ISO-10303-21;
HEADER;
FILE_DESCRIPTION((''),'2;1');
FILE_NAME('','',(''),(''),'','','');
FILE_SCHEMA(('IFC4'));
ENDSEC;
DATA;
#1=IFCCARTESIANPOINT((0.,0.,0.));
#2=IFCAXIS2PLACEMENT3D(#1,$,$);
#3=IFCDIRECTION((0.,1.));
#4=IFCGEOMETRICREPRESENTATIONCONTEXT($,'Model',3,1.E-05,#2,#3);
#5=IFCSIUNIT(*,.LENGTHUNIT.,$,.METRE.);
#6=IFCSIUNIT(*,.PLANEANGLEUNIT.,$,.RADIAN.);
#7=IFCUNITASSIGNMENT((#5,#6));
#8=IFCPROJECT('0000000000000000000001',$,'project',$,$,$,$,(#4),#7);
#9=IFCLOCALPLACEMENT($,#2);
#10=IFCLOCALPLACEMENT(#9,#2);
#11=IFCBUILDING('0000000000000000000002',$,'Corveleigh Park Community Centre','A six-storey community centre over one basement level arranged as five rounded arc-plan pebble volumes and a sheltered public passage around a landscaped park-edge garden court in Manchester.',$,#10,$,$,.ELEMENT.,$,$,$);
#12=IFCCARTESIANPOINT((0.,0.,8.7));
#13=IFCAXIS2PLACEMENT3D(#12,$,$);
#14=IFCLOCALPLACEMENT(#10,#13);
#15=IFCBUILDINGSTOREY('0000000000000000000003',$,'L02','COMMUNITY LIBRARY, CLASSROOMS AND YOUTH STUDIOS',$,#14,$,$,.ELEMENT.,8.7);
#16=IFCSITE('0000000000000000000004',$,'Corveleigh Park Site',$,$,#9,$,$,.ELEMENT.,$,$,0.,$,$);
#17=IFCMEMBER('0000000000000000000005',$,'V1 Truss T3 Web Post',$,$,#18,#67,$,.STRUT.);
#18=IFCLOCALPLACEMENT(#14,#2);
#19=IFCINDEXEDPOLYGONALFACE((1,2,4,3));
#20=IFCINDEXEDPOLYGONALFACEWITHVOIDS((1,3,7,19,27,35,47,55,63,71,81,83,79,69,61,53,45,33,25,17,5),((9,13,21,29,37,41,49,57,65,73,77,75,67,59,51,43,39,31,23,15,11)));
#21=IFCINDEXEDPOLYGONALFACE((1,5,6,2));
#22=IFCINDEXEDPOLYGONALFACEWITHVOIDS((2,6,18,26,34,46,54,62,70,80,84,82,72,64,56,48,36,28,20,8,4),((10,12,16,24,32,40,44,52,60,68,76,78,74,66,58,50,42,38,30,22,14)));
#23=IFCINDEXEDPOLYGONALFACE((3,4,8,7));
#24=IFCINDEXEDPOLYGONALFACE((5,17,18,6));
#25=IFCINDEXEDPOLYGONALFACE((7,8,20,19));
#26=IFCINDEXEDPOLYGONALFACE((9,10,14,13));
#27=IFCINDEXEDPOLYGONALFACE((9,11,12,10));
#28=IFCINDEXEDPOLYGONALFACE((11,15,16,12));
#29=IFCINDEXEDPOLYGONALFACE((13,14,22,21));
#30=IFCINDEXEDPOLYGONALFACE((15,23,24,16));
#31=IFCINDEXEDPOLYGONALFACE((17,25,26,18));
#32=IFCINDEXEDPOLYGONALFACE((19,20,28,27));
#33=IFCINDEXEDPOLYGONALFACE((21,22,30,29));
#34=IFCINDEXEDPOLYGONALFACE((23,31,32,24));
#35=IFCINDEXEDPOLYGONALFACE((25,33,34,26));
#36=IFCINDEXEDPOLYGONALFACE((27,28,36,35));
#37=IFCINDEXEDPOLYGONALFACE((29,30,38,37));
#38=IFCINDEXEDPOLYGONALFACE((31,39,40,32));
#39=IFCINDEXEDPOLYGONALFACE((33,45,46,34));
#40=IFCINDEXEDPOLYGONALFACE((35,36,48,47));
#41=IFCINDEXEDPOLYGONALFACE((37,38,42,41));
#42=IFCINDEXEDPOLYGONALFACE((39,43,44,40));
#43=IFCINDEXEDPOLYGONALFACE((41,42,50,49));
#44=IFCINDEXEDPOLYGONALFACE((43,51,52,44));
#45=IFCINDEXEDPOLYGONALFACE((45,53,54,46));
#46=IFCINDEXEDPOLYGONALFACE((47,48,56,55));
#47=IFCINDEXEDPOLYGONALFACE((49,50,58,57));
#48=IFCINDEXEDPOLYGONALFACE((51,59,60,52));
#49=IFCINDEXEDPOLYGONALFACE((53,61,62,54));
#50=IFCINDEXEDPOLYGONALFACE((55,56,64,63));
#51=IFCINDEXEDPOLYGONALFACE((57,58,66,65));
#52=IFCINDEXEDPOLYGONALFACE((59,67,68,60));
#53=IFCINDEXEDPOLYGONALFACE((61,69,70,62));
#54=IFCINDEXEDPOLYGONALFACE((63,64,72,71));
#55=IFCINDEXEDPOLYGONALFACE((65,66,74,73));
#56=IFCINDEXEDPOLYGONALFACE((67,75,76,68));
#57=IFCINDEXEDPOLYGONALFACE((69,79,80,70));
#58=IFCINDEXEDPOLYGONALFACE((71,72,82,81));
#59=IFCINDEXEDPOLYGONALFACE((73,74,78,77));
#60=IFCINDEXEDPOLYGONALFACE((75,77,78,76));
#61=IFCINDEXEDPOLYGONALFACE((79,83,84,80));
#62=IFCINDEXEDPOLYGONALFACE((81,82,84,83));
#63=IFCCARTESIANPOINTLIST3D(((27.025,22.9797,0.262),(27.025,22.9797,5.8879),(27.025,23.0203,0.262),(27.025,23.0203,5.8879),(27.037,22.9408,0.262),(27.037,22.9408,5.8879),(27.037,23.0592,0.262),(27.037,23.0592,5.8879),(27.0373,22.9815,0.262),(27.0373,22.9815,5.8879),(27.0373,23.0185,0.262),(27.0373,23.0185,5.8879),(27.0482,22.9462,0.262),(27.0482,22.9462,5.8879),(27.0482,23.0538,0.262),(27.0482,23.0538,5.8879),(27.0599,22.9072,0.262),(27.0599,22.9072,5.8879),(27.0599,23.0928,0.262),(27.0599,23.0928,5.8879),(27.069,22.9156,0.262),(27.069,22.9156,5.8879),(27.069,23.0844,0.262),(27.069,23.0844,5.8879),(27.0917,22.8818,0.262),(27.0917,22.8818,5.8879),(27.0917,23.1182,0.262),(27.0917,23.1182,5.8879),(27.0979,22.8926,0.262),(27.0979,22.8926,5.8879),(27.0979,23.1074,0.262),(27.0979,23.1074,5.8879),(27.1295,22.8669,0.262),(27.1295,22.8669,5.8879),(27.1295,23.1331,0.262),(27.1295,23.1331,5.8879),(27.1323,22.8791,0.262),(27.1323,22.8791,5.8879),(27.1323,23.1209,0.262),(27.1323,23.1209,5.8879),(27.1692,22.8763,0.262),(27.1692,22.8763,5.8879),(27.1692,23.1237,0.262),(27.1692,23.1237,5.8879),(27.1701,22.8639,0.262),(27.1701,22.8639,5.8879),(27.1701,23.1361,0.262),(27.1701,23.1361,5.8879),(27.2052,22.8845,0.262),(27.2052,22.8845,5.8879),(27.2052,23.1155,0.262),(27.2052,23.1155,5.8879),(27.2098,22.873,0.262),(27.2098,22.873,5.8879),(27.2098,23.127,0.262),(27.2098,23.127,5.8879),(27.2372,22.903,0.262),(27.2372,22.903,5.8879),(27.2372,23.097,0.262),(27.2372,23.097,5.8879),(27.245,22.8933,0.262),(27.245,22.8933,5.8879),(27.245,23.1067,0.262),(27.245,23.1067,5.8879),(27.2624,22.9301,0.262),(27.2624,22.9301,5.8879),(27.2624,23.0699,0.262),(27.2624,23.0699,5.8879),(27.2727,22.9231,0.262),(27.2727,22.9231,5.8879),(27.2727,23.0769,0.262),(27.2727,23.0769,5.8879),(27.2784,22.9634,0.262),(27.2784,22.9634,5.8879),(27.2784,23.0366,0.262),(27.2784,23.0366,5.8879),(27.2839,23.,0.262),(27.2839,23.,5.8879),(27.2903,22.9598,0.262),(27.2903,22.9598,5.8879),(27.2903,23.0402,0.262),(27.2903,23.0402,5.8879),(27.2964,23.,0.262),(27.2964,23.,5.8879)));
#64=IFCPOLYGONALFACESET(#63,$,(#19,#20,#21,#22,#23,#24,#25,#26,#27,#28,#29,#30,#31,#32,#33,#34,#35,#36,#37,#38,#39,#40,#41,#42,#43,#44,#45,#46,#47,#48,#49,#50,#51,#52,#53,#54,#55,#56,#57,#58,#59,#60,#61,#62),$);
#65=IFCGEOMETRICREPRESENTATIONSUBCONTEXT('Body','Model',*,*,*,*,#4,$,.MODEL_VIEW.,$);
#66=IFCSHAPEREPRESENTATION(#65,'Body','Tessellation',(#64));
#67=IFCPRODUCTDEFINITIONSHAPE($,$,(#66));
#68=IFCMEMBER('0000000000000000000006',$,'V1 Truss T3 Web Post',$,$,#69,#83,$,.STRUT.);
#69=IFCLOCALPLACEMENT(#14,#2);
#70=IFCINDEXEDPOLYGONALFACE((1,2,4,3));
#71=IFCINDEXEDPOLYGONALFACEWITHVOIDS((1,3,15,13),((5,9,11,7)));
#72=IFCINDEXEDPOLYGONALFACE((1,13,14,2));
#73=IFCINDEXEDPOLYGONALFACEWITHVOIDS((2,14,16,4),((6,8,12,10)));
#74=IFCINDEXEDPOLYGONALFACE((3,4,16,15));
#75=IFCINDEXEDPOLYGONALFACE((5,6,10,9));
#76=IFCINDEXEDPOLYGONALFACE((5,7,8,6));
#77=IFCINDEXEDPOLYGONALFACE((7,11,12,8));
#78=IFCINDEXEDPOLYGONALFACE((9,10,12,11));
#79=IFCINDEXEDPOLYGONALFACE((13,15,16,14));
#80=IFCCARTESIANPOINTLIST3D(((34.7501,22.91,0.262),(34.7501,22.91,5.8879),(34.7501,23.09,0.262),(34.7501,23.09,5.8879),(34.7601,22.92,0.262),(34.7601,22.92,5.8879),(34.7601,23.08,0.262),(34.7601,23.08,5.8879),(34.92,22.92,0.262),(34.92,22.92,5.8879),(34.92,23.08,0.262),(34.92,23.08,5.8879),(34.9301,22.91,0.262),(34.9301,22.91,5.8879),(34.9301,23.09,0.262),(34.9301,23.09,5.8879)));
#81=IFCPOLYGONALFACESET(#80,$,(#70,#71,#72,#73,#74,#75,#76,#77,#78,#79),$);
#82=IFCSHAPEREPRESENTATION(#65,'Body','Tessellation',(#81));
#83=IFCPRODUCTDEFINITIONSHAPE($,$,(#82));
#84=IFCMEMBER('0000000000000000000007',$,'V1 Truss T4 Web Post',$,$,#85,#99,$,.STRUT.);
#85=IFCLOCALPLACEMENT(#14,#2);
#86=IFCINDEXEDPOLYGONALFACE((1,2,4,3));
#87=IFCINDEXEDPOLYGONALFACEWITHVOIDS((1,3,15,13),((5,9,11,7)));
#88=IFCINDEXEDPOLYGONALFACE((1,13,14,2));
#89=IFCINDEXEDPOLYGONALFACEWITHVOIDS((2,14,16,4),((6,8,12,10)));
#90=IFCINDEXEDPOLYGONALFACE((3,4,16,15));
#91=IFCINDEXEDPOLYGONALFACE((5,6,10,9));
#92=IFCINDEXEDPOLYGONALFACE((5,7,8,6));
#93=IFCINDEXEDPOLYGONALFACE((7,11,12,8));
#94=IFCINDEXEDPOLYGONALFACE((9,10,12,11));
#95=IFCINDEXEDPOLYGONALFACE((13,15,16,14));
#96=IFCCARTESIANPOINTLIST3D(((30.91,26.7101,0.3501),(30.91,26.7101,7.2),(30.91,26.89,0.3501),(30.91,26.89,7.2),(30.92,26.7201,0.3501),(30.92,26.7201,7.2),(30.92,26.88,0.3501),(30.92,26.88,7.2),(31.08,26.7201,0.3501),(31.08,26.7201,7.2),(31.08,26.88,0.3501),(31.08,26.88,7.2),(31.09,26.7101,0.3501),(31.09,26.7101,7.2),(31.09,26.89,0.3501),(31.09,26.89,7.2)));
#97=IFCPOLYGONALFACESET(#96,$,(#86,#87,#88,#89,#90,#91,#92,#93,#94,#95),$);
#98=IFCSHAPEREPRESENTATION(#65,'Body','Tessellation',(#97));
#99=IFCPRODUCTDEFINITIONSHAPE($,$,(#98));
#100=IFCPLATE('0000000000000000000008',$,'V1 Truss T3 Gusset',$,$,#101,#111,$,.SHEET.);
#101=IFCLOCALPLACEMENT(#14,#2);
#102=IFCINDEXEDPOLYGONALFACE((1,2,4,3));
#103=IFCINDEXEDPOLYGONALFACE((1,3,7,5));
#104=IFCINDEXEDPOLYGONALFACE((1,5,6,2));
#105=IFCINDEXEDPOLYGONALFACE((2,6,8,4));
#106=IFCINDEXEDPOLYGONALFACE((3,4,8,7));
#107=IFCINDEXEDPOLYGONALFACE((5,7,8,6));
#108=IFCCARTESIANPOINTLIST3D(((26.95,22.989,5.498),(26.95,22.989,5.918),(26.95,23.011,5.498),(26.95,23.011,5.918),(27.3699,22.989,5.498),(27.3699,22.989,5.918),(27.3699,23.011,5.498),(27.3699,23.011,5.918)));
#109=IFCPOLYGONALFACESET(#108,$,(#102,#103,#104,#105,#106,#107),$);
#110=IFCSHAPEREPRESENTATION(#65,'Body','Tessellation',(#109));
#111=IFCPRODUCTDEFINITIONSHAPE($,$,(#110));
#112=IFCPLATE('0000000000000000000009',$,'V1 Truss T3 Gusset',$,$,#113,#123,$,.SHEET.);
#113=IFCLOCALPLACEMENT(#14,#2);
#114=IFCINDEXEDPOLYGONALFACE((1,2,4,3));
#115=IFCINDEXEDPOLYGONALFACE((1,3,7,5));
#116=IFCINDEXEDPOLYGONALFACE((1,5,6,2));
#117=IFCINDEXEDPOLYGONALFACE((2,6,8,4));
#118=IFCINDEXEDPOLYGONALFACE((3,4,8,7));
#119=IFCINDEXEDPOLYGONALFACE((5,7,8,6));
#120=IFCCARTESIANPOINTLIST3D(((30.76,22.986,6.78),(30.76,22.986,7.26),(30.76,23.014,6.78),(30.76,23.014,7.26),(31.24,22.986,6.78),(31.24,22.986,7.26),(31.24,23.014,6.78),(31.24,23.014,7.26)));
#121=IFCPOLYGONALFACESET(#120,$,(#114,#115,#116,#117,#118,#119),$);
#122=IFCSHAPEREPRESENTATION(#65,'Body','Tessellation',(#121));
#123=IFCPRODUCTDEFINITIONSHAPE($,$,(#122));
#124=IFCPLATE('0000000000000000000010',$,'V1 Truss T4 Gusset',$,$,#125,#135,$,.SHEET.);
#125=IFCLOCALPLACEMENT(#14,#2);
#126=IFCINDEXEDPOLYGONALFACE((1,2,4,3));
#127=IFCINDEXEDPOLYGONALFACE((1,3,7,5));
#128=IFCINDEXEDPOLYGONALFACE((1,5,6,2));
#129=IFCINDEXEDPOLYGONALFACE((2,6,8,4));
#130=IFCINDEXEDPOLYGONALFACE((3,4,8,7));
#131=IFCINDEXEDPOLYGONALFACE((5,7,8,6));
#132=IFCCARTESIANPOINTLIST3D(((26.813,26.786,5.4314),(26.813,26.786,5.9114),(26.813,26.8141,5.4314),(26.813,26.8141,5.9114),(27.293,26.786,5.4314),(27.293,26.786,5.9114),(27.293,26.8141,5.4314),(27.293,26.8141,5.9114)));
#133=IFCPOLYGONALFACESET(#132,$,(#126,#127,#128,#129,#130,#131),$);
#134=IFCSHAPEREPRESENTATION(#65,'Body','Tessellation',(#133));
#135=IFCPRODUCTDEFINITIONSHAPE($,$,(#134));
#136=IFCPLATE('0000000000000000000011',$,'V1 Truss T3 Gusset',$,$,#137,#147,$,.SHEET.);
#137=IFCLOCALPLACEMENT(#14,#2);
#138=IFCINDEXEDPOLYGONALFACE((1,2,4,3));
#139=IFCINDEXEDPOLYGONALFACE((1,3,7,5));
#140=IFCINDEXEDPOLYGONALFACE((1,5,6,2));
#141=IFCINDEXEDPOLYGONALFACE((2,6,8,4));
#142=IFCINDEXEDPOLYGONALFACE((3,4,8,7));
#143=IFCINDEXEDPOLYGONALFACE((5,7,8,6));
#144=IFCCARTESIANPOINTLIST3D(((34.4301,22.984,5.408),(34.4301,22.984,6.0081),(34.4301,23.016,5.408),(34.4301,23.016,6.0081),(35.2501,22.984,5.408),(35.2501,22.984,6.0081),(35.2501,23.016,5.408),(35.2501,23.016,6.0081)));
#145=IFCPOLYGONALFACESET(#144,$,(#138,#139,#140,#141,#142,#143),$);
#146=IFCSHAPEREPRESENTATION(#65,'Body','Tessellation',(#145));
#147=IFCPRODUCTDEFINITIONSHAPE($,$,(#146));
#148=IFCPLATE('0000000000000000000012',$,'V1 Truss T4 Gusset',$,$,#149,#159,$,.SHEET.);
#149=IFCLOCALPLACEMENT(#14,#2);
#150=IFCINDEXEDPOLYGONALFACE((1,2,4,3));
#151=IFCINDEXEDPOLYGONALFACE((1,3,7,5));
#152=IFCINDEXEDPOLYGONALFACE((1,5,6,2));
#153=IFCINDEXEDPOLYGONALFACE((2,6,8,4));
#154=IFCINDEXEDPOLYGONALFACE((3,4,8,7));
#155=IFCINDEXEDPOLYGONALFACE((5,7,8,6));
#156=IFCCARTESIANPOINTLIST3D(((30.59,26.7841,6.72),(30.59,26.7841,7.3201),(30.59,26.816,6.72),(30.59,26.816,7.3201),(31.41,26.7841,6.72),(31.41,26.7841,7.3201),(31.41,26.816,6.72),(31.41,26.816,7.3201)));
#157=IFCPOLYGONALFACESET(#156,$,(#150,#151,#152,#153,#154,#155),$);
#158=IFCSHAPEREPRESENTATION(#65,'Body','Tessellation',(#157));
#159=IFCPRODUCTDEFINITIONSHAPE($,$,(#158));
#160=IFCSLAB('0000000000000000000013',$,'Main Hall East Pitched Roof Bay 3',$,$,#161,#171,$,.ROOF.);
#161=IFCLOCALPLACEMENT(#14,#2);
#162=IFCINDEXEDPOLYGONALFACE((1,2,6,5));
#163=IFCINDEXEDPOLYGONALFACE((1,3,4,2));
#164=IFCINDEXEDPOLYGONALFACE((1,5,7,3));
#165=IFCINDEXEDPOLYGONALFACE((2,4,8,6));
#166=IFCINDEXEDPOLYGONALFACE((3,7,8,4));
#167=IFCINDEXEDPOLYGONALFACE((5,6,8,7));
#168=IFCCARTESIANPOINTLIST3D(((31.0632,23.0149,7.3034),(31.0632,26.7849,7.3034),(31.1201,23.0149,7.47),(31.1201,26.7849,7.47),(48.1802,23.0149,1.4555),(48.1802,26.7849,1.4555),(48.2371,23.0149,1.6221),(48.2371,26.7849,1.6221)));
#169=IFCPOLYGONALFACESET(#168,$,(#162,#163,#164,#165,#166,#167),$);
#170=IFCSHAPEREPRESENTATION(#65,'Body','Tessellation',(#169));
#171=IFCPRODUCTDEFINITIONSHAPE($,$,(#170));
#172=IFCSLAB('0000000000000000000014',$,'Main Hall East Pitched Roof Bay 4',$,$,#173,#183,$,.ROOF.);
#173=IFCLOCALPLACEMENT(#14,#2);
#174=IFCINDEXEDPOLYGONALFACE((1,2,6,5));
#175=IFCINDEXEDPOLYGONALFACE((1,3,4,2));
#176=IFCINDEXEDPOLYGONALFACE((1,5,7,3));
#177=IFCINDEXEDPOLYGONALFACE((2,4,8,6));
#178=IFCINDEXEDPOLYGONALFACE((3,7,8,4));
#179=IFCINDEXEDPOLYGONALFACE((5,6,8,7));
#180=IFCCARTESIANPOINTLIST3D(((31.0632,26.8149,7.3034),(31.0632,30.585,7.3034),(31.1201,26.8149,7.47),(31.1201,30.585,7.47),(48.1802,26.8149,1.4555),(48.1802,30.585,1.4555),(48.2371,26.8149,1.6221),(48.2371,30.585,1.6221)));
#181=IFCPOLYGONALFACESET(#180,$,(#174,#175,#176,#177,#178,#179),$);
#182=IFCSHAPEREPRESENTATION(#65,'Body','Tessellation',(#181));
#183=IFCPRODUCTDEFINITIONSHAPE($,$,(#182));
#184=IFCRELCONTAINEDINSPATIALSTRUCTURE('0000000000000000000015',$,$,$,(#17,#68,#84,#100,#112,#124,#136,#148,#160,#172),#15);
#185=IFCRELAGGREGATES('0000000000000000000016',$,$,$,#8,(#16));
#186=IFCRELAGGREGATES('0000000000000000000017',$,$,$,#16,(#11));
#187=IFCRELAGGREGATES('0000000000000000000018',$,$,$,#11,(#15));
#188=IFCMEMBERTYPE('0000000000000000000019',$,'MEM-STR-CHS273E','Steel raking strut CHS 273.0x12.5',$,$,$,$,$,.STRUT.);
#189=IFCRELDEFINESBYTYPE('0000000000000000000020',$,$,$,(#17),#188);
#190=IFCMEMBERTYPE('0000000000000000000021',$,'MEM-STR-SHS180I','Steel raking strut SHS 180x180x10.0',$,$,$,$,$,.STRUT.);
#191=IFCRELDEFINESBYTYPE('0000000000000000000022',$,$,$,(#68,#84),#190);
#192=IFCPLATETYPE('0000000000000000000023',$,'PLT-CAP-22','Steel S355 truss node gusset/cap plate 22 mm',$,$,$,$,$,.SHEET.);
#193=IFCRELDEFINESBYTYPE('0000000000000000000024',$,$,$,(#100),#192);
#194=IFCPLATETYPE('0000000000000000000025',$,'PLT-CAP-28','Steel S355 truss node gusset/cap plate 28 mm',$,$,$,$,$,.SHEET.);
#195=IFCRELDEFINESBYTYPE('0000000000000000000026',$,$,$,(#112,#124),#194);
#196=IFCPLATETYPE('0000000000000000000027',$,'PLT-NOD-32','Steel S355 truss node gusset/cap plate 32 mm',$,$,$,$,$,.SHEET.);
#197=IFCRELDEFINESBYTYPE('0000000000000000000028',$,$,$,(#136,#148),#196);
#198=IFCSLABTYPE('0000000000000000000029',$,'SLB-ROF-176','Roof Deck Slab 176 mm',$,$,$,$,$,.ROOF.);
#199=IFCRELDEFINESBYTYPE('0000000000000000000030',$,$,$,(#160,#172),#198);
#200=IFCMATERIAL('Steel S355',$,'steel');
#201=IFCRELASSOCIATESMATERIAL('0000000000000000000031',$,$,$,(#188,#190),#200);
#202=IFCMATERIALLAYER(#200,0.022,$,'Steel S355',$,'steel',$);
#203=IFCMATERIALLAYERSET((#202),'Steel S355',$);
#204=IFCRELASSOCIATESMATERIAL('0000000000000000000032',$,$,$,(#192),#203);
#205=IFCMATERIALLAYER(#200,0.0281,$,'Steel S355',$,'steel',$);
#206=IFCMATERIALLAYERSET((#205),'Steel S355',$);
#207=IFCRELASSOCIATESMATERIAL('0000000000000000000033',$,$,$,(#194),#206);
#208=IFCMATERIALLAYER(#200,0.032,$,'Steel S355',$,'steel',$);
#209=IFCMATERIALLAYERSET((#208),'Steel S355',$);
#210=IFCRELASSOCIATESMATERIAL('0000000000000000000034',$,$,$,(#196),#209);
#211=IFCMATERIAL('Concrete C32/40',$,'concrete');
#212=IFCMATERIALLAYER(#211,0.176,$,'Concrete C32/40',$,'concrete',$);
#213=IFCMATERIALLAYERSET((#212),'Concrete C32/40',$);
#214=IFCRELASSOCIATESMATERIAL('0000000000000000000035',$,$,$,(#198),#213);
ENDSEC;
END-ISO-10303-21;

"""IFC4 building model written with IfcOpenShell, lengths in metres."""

from ifc_helpers import new_model, si_unit, direction, frame, origin, origin_2d, place, context, subcontext, project, spatial, polyline, rectangle, hollow_rectangle, hollow_circle, outline, extrude, material, layer, layer_set, material_profile, profile_set, type_object, element, save


model = new_model("IFC4")

# Units and contexts
model_context = context("Model", 3, precision=1e-05, world=origin(), true_north=direction((0.0, 1.0)))
body_context = subcontext(model_context, "Body", "Model", "MODEL_VIEW")
ifc_project = project(units=[si_unit("LENGTHUNIT", "METRE"), si_unit("PLANEANGLEUNIT", "RADIAN")], contexts=[model_context])

# Site, building, storey
site_placement = place(None, origin())
site = spatial("IfcSite", under=ifc_project, at=site_placement, Name="Corveleigh Park Site", CompositionType="ELEMENT", RefElevation=0.0)
building_placement = place(site_placement, origin())
building = spatial("IfcBuilding", under=site, at=building_placement, Name="Corveleigh Park Community Centre", Description="A six-storey community centre over one basement level arranged as five rounded arc-plan pebble volumes and a sheltered public passage around a landscaped park-edge garden court in Manchester.", CompositionType="ELEMENT")
storey_placement = place(building_placement, frame((0.0, 0.0, 8.7)))
storey = spatial("IfcBuildingStorey", under=building, at=storey_placement, Name="L02", Description="COMMUNITY LIBRARY, CLASSROOMS AND YOUTH STUDIOS", CompositionType="ELEMENT", Elevation=8.7)

# Shared definitions
ifc_material_1 = material(Name="Steel S355", Category="steel")

# Members
ifc_material_profile_1 = material_profile(ifc_material_1, hollow_circle(Radius=0.1365, WallThickness=0.0125, at=origin_2d()), Name="CHS 273.0x12.5", Category="steel")
ifc_profile_set_1 = profile_set([ifc_material_profile_1], Name="Steel S355")
member_type_1 = type_object("IfcMemberType", Name="MEM-STR-CHS273E", Description="Steel raking strut CHS 273.0x12.5", PredefinedType="STRUT", material=ifc_profile_set_1)
member_1_placement = place(storey_placement, frame((27.1599, 23.0, 0.262), z_axis=(0.0, 0.0, 1.0), x_axis=(1.0, 0.0, 0.0)))
element("IfcMember", 1, at=member_1_placement, inside=storey, type_object=member_type_1, Name="V1 Truss T3 Web Post", PredefinedType="STRUT", context=body_context, shape_type="SweptSolid", body=[
    extrude(hollow_circle(Radius=0.1365, WallThickness=0.0125, at=origin_2d()), origin(), (0.0, 0.0, 1.0), 5.626),
])
ifc_material_profile_2 = material_profile(ifc_material_1, hollow_rectangle(XDim=0.1799, YDim=0.1799, WallThickness=0.01, at=origin_2d()), Name="SHS 180x180x10.0", Category="steel")
ifc_profile_set_2 = profile_set([ifc_material_profile_2], Name="Steel S355")
member_type_2 = type_object("IfcMemberType", Name="MEM-STR-SHS180I", Description="Steel raking strut SHS 180x180x10.0", PredefinedType="STRUT", material=ifc_profile_set_2)
member_2_placement = place(storey_placement, frame((34.8401, 23.0, 0.262), z_axis=(0.0, 0.0, 1.0), x_axis=(1.0, 0.0, 0.0)))
element("IfcMember", 2, at=member_2_placement, inside=storey, type_object=member_type_2, Name="V1 Truss T3 Web Post", PredefinedType="STRUT", context=body_context, shape_type="SweptSolid", body=[
    extrude(hollow_rectangle(XDim=0.1799, YDim=0.1799, WallThickness=0.01, at=origin_2d()), origin(), (0.0, 0.0, 1.0), 5.626),
])
member_3_placement = place(storey_placement, frame((31.0, 26.8, 0.3501), z_axis=(0.0, 0.0, 1.0), x_axis=(1.0, 0.0, 0.0)))
element("IfcMember", 3, at=member_3_placement, inside=storey, type_object=member_type_2, Name="V1 Truss T4 Web Post", PredefinedType="STRUT", context=body_context, shape_type="SweptSolid", body=[
    extrude(hollow_rectangle(XDim=0.1799, YDim=0.1799, WallThickness=0.01, at=origin_2d()), origin(), (0.0, 0.0, 1.0), 6.8499),
])

# Plates
ifc_layer_1 = layer(ifc_material_1, 0.022, Name="Steel S355", Category="steel")
ifc_layer_set_1 = layer_set([ifc_layer_1], Name="Steel S355")
plate_type_1 = type_object("IfcPlateType", Name="PLT-CAP-22", Description="Steel S355 truss node gusset/cap plate 22 mm", PredefinedType="SHEET", material=ifc_layer_set_1)
plate_placement = place(storey_placement, frame((27.1599, 23.0, 5.498), z_axis=(0.0, 0.0, 1.0), x_axis=(1.0, 0.0, 0.0)))
element("IfcPlate", 4, at=plate_placement, inside=storey, type_object=plate_type_1, Name="V1 Truss T3 Gusset", PredefinedType="SHEET", context=body_context, shape_type="SweptSolid", body=[
    extrude(rectangle(XDim=0.4199, YDim=0.022, at=origin_2d()), origin(), (0.0, 0.0, 1.0), 0.4199),
])
ifc_layer_2 = layer(ifc_material_1, 0.0281, Name="Steel S355", Category="steel")
ifc_layer_set_2 = layer_set([ifc_layer_2], Name="Steel S355")
plate_type_2 = type_object("IfcPlateType", Name="PLT-CAP-28", Description="Steel S355 truss node gusset/cap plate 28 mm", PredefinedType="SHEET", material=ifc_layer_set_2)
for number, where, z_axis, x_axis, name in (
    (5, (31.0, 23.0, 6.78), (0.0, 0.0, 1.0), (1.0, 0.0, 0.0), "V1 Truss T3 Gusset"),
    (6, (27.053, 26.8, 5.4314), (0.0, 0.0, 1.0), (1.0, 0.0, 0.0), "V1 Truss T4 Gusset"),
):
    element("IfcPlate", number, at=place(storey_placement, frame(where, z_axis=z_axis, x_axis=x_axis)), inside=storey, type_object=plate_type_2, Name=name, PredefinedType="SHEET", context=body_context, shape_type="SweptSolid", body=[
        extrude(rectangle(XDim=0.48, YDim=0.0281, at=origin_2d()), origin(), (0.0, 0.0, 1.0), 0.48),
    ])
ifc_layer_3 = layer(ifc_material_1, 0.032, Name="Steel S355", Category="steel")
ifc_layer_set_3 = layer_set([ifc_layer_3], Name="Steel S355")
plate_type_3 = type_object("IfcPlateType", Name="PLT-NOD-32", Description="Steel S355 truss node gusset/cap plate 32 mm", PredefinedType="SHEET", material=ifc_layer_set_3)
for number, where, z_axis, x_axis, name in (
    (7, (34.8401, 23.0, 5.408), (0.0, 0.0, 1.0), (1.0, 0.0, 0.0), "V1 Truss T3 Gusset"),
    (8, (31.0, 26.8, 6.72), (0.0, 0.0, 1.0), (1.0, 0.0, 0.0), "V1 Truss T4 Gusset"),
):
    element("IfcPlate", number, at=place(storey_placement, frame(where, z_axis=z_axis, x_axis=x_axis)), inside=storey, type_object=plate_type_3, Name=name, PredefinedType="SHEET", context=body_context, shape_type="SweptSolid", body=[
        extrude(rectangle(XDim=0.8201, YDim=0.032, at=origin_2d()), origin(), (0.0, 0.0, 1.0), 0.6001),
    ])

# Slabs
ifc_material_2 = material(Name="Concrete C32/40", Category="concrete")
ifc_layer_4 = layer(ifc_material_2, 0.176, Name="Concrete C32/40", Category="concrete")
ifc_layer_set_4 = layer_set([ifc_layer_4], Name="Concrete C32/40")
slab_type = type_object("IfcSlabType", Name="SLB-ROF-176", Description="Roof Deck Slab 176 mm", PredefinedType="ROOF", material=ifc_layer_set_4)
for number, where, z_axis, x_axis, name in (
    (9, (31.1201, 23.0149, 7.47), (0.323297, 0.0, 0.946298), (0.946298, 0.0, -0.323297), "Main Hall East Pitched Roof Bay 3"),
    (10, (31.1201, 26.8149, 7.47), (0.323297, 0.0, 0.946298), (0.946298, 0.0, -0.323297), "Main Hall East Pitched Roof Bay 4"),
):
    element("IfcSlab", number, at=place(storey_placement, frame(where, z_axis=z_axis, x_axis=x_axis)), inside=storey, type_object=slab_type, Name=name, PredefinedType="ROOF", context=body_context, shape_type="SweptSolid", body=[
        extrude(outline(polyline([(0.0, 0.0), (18.0883, 0.0), (18.0883, 3.77), (0.0, 3.77), (0.0, 0.0)])), origin(), (0.0, 0.0, -1.0), 0.176),
    ])

save(model, "model.ifc")
